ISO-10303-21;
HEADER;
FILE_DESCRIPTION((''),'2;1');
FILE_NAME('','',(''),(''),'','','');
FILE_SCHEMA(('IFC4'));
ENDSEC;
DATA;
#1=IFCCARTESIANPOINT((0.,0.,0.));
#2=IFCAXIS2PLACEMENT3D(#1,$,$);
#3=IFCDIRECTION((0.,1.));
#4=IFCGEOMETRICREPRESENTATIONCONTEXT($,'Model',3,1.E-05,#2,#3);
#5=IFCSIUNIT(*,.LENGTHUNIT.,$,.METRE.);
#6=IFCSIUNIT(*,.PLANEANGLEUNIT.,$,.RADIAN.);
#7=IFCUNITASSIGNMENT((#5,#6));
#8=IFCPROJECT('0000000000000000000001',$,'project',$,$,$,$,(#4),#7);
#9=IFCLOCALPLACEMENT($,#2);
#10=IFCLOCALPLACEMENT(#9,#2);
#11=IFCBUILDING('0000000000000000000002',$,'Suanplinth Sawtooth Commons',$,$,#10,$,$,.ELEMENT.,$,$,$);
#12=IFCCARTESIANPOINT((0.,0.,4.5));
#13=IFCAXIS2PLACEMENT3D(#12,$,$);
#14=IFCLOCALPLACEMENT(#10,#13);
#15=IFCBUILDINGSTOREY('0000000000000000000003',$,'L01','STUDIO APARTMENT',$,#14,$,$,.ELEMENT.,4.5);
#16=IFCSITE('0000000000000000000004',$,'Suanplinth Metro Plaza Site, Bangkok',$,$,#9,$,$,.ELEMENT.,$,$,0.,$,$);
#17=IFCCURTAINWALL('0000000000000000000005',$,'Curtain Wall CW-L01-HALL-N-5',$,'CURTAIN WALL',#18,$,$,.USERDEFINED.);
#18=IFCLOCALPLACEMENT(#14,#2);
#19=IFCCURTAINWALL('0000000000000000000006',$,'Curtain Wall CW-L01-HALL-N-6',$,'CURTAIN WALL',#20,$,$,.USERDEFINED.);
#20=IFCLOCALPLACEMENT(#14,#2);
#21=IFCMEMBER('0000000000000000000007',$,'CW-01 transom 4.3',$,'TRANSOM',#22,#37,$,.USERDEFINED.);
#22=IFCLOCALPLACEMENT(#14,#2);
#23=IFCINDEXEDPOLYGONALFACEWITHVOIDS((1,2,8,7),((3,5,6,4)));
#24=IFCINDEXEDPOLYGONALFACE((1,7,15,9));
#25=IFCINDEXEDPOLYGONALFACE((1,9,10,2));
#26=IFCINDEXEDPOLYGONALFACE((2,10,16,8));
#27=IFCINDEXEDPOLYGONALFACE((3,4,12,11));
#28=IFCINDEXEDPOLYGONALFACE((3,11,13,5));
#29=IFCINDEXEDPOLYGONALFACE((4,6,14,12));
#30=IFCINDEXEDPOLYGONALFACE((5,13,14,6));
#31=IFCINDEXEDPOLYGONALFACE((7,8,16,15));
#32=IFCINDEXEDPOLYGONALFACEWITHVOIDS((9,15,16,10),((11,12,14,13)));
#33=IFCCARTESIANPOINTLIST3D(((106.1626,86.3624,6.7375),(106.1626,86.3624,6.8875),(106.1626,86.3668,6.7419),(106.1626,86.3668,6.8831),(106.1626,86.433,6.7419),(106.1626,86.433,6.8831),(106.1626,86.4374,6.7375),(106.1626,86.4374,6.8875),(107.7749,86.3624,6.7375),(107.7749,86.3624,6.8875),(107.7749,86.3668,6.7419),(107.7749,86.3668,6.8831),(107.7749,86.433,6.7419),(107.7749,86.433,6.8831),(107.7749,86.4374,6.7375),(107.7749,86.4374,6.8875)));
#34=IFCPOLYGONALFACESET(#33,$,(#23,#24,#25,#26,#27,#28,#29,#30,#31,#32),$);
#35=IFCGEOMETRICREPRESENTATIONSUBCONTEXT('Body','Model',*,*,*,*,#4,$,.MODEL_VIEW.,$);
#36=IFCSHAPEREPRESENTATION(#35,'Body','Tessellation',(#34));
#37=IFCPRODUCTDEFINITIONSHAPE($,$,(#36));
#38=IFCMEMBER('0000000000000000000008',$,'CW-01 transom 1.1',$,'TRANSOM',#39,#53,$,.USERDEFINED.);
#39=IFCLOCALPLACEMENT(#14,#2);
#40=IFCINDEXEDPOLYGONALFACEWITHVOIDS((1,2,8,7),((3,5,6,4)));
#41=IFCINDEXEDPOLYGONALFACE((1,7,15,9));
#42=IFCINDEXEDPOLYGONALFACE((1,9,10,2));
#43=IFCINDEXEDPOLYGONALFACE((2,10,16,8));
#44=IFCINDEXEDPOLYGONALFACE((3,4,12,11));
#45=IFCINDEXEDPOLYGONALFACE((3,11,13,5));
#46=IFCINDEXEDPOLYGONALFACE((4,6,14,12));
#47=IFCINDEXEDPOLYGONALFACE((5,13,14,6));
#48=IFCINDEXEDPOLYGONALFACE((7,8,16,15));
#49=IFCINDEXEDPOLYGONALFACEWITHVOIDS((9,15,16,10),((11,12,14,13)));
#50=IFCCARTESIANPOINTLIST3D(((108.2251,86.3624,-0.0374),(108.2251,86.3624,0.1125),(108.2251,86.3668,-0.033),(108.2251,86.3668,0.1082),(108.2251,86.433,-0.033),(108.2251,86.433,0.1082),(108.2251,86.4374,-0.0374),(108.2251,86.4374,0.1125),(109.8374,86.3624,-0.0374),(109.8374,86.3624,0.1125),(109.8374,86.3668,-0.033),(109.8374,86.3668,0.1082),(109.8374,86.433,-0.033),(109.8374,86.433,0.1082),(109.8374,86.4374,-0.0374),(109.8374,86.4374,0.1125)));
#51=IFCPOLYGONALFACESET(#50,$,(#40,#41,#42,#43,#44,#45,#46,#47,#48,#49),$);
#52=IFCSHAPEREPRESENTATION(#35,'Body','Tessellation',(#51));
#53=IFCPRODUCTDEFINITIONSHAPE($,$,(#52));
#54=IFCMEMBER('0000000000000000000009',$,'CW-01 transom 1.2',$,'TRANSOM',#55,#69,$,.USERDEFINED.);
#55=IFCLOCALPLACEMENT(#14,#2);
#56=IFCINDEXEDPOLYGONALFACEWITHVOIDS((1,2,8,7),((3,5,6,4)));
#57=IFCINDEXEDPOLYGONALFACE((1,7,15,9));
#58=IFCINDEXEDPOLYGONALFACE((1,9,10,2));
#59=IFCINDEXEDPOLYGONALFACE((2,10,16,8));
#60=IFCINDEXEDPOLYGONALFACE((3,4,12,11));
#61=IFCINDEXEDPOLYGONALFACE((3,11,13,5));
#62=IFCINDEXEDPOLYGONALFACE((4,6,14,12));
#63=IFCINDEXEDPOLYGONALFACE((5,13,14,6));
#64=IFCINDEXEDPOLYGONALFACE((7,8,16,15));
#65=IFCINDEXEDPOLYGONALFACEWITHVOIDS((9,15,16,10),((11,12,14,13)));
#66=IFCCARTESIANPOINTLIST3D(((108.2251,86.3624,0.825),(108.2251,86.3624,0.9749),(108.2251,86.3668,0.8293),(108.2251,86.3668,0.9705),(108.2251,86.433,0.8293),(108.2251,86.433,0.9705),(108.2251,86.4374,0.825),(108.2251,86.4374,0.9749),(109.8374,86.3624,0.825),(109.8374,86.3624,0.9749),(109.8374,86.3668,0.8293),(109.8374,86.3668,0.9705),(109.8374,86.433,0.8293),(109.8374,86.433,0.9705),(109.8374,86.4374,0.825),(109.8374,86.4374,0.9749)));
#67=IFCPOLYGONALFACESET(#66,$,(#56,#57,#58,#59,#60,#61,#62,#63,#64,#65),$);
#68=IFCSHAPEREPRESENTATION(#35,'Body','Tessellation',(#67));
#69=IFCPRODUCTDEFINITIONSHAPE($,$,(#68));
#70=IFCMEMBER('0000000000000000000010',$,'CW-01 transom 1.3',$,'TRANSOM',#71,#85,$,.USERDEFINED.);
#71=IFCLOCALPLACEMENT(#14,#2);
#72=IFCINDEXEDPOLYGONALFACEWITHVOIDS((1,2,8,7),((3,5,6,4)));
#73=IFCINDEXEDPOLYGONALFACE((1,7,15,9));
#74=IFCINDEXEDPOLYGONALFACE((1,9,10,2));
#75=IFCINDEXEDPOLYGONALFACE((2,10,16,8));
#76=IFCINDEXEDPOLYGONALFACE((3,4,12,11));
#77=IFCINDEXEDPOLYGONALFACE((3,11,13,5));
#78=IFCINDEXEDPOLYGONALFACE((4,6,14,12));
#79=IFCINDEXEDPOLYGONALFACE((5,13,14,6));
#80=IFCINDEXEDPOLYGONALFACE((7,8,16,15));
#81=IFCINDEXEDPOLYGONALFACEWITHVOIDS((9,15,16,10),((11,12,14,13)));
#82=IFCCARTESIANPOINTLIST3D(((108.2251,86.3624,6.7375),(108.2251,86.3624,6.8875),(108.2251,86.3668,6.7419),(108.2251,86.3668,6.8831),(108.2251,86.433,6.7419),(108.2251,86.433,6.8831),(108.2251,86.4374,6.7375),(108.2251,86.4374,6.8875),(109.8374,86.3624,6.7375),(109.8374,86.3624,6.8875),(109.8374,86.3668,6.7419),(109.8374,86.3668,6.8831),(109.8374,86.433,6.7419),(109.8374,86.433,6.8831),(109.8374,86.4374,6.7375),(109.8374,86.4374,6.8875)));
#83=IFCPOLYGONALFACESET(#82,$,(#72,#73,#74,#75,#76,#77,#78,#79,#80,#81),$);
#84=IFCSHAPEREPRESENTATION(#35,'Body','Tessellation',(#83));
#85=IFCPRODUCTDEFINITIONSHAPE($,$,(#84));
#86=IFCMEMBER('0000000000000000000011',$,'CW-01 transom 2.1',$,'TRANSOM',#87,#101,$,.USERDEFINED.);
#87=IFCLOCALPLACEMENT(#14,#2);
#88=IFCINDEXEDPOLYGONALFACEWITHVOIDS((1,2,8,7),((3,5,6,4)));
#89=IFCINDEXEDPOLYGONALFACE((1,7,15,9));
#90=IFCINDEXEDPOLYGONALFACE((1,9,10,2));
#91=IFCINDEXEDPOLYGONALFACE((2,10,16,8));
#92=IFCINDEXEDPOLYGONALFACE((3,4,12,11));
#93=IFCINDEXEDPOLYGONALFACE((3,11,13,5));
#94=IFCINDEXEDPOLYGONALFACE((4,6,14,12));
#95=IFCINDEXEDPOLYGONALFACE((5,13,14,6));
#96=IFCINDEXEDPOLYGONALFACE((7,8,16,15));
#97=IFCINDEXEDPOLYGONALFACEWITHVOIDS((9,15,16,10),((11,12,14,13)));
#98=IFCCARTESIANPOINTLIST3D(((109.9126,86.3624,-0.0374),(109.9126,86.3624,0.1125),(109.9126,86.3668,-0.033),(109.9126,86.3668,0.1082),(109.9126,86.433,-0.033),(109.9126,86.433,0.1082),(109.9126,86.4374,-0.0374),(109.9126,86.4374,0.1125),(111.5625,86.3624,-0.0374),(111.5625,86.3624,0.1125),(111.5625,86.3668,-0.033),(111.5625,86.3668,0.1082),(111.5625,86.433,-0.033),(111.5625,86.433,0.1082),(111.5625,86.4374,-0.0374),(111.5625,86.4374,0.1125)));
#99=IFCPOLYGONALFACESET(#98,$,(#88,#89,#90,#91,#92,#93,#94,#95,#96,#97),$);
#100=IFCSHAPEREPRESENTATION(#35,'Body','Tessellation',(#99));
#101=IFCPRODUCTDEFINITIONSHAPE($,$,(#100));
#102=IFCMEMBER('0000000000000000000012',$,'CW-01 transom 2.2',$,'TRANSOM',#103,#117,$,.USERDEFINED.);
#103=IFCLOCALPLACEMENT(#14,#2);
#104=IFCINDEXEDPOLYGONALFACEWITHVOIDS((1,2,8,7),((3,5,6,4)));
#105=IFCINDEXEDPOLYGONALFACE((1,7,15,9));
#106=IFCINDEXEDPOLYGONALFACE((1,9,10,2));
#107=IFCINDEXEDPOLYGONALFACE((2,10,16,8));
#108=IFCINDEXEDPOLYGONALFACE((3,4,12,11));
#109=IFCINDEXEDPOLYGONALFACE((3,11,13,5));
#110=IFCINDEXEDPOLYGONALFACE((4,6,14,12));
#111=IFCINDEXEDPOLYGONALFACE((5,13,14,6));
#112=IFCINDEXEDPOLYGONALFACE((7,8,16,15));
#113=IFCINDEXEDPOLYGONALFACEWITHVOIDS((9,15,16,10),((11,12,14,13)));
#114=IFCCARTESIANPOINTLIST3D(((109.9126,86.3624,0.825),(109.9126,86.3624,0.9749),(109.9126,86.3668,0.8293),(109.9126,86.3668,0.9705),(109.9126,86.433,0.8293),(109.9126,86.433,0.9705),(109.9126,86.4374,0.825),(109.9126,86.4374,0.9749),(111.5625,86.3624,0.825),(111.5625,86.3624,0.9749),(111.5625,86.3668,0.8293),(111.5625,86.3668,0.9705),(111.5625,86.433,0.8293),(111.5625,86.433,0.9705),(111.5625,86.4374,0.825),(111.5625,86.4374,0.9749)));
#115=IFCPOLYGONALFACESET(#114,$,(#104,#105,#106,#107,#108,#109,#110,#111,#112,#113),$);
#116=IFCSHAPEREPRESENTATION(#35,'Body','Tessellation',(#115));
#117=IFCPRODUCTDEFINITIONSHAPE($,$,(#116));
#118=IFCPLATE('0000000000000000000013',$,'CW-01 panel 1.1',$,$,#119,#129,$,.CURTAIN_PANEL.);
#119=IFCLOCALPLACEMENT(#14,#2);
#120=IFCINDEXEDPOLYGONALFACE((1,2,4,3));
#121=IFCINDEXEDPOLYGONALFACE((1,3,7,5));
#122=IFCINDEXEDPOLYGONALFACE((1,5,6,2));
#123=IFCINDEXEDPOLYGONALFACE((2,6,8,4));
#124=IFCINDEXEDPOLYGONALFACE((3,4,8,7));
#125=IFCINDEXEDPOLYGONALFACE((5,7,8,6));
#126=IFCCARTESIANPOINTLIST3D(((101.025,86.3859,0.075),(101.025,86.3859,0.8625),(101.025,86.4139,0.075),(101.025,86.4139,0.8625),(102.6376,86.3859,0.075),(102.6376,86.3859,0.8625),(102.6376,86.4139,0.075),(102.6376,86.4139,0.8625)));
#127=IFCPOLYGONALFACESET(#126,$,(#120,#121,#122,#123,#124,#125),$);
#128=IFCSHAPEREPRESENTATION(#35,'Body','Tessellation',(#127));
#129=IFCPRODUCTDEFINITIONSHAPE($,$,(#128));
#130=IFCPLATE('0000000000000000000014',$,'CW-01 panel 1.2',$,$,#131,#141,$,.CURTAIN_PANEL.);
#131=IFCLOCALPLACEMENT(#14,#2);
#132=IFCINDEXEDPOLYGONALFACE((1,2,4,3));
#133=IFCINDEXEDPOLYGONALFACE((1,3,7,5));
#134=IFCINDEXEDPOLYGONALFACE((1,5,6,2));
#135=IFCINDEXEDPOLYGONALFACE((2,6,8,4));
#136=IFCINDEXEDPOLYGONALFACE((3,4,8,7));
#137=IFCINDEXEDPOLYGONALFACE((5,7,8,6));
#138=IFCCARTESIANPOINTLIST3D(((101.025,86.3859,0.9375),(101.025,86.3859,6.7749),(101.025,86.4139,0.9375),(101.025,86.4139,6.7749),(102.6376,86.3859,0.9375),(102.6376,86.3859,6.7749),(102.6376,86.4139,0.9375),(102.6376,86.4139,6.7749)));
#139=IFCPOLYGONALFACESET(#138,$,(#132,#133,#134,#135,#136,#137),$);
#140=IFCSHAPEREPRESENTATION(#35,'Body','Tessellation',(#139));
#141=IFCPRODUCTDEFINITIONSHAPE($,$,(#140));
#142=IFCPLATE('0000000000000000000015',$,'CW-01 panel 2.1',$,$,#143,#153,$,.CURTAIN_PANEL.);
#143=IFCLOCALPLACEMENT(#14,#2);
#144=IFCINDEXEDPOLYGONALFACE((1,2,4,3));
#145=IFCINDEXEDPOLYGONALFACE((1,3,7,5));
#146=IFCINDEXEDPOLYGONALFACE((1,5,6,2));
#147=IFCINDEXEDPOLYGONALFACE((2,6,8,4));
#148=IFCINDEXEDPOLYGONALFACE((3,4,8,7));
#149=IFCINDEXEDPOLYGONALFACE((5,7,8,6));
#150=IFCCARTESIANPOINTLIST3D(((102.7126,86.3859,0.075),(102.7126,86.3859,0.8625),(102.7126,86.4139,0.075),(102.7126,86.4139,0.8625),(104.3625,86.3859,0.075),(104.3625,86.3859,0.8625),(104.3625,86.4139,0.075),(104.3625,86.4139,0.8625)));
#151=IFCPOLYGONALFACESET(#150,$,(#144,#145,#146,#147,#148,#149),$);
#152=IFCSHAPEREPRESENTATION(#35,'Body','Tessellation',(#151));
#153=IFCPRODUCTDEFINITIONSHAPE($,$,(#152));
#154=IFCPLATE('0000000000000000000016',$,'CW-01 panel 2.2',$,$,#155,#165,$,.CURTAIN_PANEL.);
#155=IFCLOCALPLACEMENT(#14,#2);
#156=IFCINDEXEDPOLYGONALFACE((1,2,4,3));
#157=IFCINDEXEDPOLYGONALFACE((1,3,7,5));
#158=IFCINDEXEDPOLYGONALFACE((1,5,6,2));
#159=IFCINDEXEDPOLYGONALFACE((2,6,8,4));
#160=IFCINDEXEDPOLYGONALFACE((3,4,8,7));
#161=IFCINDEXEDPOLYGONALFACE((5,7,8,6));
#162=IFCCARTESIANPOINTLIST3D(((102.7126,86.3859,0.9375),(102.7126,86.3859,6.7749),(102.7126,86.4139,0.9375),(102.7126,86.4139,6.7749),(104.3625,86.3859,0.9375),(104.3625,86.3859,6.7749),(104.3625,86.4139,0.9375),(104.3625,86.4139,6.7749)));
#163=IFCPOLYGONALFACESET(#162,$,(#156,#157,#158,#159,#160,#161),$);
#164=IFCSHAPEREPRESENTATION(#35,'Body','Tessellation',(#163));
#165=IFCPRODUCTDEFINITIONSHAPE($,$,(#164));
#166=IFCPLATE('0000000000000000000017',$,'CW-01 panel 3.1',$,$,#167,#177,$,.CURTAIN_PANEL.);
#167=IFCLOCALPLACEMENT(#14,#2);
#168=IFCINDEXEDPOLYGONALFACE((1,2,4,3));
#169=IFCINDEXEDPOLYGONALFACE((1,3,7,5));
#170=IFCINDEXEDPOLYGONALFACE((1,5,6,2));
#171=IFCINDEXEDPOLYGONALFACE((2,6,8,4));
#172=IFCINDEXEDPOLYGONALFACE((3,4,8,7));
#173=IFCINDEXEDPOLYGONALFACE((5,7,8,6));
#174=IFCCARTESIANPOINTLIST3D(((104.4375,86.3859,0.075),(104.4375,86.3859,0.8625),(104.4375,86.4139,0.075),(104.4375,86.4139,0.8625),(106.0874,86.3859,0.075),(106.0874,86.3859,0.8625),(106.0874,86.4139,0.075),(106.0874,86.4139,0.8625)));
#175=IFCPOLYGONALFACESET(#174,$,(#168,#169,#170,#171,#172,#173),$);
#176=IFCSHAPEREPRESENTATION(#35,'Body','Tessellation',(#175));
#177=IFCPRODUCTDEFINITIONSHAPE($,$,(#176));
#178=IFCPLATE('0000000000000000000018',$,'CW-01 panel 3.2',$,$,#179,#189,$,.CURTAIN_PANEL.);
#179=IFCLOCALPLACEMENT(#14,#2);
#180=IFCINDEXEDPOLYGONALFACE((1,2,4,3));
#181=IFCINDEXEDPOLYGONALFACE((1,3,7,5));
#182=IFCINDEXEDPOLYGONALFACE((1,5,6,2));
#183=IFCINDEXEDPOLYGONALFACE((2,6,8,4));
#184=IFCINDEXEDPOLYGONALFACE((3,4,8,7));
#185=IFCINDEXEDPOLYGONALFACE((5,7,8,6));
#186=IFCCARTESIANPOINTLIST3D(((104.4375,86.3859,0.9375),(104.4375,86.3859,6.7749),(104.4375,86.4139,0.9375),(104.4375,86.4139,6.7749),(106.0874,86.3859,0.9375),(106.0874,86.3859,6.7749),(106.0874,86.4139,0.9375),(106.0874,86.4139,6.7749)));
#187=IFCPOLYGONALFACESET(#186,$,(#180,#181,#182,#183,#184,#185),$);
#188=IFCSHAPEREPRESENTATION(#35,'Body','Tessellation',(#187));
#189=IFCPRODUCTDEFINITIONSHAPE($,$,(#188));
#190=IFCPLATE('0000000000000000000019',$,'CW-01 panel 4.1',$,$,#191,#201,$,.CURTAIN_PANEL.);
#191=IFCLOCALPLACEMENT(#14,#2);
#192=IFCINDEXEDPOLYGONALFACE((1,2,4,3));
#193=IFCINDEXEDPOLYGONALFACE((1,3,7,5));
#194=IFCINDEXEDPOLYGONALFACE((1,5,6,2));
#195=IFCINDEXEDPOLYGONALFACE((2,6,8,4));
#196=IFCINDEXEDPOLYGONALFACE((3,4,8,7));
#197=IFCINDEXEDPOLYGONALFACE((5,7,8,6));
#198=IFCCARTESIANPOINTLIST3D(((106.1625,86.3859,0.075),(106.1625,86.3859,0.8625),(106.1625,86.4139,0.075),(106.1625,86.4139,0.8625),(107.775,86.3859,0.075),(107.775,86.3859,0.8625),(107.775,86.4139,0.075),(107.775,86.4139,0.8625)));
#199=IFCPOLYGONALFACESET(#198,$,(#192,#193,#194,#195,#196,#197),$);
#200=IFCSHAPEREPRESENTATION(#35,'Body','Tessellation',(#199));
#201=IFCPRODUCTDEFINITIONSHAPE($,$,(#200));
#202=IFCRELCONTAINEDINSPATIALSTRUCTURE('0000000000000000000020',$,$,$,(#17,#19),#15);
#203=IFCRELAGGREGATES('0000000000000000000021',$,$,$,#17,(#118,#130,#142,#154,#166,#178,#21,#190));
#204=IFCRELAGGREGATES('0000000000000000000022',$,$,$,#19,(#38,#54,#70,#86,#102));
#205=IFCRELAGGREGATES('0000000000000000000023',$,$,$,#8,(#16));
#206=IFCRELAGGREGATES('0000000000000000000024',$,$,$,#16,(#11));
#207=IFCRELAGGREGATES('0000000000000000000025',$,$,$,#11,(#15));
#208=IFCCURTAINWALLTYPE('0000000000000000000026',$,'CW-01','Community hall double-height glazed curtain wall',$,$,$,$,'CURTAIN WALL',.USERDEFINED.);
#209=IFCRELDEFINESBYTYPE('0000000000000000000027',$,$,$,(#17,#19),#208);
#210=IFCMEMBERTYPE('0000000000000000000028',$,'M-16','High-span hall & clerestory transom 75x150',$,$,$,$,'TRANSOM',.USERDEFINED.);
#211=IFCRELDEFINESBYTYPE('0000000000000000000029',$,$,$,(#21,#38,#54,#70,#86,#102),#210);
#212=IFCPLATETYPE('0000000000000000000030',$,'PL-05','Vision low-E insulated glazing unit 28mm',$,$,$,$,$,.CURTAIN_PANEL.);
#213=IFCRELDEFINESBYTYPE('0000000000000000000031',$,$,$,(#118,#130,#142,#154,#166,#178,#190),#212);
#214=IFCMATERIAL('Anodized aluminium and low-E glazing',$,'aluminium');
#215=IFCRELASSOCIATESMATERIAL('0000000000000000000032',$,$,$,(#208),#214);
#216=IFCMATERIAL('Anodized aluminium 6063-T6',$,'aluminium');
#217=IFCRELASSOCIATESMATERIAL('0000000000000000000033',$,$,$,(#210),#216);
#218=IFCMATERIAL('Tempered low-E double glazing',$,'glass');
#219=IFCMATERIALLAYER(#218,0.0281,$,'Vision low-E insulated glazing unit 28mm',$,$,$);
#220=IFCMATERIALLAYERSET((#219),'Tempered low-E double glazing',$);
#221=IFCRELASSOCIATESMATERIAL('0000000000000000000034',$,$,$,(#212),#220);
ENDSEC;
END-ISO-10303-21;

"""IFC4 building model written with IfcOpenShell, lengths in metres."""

from ifc_helpers import new_model, si_unit, direction, frame, origin, origin_2d, place, context, subcontext, project, spatial, rectangle, hollow_rectangle, extrude, material, layer, layer_set, material_profile, profile_set, type_object, element, aggregate, save


model = new_model("IFC4")

# Units and contexts
model_context = context("Model", 3, precision=1e-05, world=origin(), true_north=direction((0.0, 1.0)))
body_context = subcontext(model_context, "Body", "Model", "MODEL_VIEW")
ifc_project = project(units=[si_unit("LENGTHUNIT", "METRE"), si_unit("PLANEANGLEUNIT", "RADIAN")], contexts=[model_context])

# Site, building, storey
site_placement = place(None, origin())
site = spatial("IfcSite", under=ifc_project, at=site_placement, Name="Suanplinth Metro Plaza Site, Bangkok", CompositionType="ELEMENT", RefElevation=0.0)
building_placement = place(site_placement, origin())
building = spatial("IfcBuilding", under=site, at=building_placement, Name="Suanplinth Sawtooth Commons", CompositionType="ELEMENT")
storey_placement = place(building_placement, frame((0.0, 0.0, 4.5)))
storey = spatial("IfcBuildingStorey", under=building, at=storey_placement, Name="L01", Description="STUDIO APARTMENT", CompositionType="ELEMENT", Elevation=4.5)

# Curtain walls
ifc_material_1 = material(Name="Anodized aluminium and low-E glazing", Category="aluminium")
curtain_wall_type = type_object("IfcCurtainWallType", Name="CW-01", Description="Community hall double-height glazed curtain wall", ElementType="CURTAIN WALL", PredefinedType="USERDEFINED", material=ifc_material_1)
curtain_wall_1_placement = place(storey_placement, origin())
curtain_wall_1 = element("IfcCurtainWall", 1, at=curtain_wall_1_placement, inside=storey, type_object=curtain_wall_type, Name="Curtain Wall CW-L01-HALL-N-5", ObjectType="CURTAIN WALL", PredefinedType="USERDEFINED")
ifc_material_2 = material(Name="Anodized aluminium 6063-T6", Category="aluminium")
curtain_wall_2_placement = place(storey_placement, origin())
curtain_wall_2 = element("IfcCurtainWall", 2, at=curtain_wall_2_placement, inside=storey, type_object=curtain_wall_type, Name="Curtain Wall CW-L01-HALL-N-6", ObjectType="CURTAIN WALL", PredefinedType="USERDEFINED")

# Members
ifc_material_profile_1 = material_profile(ifc_material_2, hollow_rectangle(XDim=0.075, YDim=0.1499, WallThickness=0.0044, at=origin_2d()), Name="ALU-TRN 75x150")
ifc_profile_set_1 = profile_set([ifc_material_profile_1], Name="Anodized aluminium 6063-T6")
member_type_1 = type_object("IfcMemberType", Name="M-16", Description="High-span hall & clerestory transom 75x150", ElementType="TRANSOM", PredefinedType="USERDEFINED", material=ifc_profile_set_1)
member_1_placement = place(storey_placement, frame((106.1626, 86.3999, 6.8125), z_axis=(1.0, 0.0, 0.0), x_axis=(0.0, 1.0, 0.0)))
member_1 = element("IfcMember", 3, at=member_1_placement, type_object=member_type_1, Name="CW-01 transom 4.3", ObjectType="TRANSOM", PredefinedType="USERDEFINED", context=body_context, shape_type="SweptSolid", body=[
    extrude(hollow_rectangle(XDim=0.075, YDim=0.1499, WallThickness=0.0044, at=origin_2d()), origin(), (0.0, 0.0, 1.0), 1.6123),
])
member_2_placement = place(storey_placement, frame((108.2251, 86.3999, 0.0376), z_axis=(1.0, 0.0, 0.0), x_axis=(0.0, 1.0, 0.0)))
member_2 = element("IfcMember", 4, at=member_2_placement, type_object=member_type_1, Name="CW-01 transom 1.1", ObjectType="TRANSOM", PredefinedType="USERDEFINED", context=body_context, shape_type="SweptSolid", body=[
    extrude(hollow_rectangle(XDim=0.075, YDim=0.1499, WallThickness=0.0044, at=origin_2d()), origin(), (0.0, 0.0, 1.0), 1.6123),
])
member_3_placement = place(storey_placement, frame((108.2251, 86.3999, 0.8999), z_axis=(1.0, 0.0, 0.0), x_axis=(0.0, 1.0, 0.0)))
member_3 = element("IfcMember", 5, at=member_3_placement, type_object=member_type_1, Name="CW-01 transom 1.2", ObjectType="TRANSOM", PredefinedType="USERDEFINED", context=body_context, shape_type="SweptSolid", body=[
    extrude(hollow_rectangle(XDim=0.075, YDim=0.1499, WallThickness=0.0044, at=origin_2d()), origin(), (0.0, 0.0, 1.0), 1.6123),
])
member_4_placement = place(storey_placement, frame((108.2251, 86.3999, 6.8125), z_axis=(1.0, 0.0, 0.0), x_axis=(0.0, 1.0, 0.0)))
member_4 = element("IfcMember", 6, at=member_4_placement, type_object=member_type_1, Name="CW-01 transom 1.3", ObjectType="TRANSOM", PredefinedType="USERDEFINED", context=body_context, shape_type="SweptSolid", body=[
    extrude(hollow_rectangle(XDim=0.075, YDim=0.1499, WallThickness=0.0044, at=origin_2d()), origin(), (0.0, 0.0, 1.0), 1.6123),
])
member_5_placement = place(storey_placement, frame((109.9126, 86.3999, 0.0376), z_axis=(1.0, 0.0, 0.0), x_axis=(0.0, 1.0, 0.0)))
member_5 = element("IfcMember", 7, at=member_5_placement, type_object=member_type_1, Name="CW-01 transom 2.1", ObjectType="TRANSOM", PredefinedType="USERDEFINED", context=body_context, shape_type="SweptSolid", body=[
    extrude(hollow_rectangle(XDim=0.075, YDim=0.1499, WallThickness=0.0044, at=origin_2d()), origin(), (0.0, 0.0, 1.0), 1.6499),
])
member_6_placement = place(storey_placement, frame((109.9126, 86.3999, 0.8999), z_axis=(1.0, 0.0, 0.0), x_axis=(0.0, 1.0, 0.0)))
member_6 = element("IfcMember", 8, at=member_6_placement, type_object=member_type_1, Name="CW-01 transom 2.2", ObjectType="TRANSOM", PredefinedType="USERDEFINED", context=body_context, shape_type="SweptSolid", body=[
    extrude(hollow_rectangle(XDim=0.075, YDim=0.1499, WallThickness=0.0044, at=origin_2d()), origin(), (0.0, 0.0, 1.0), 1.6499),
])

# Plates
ifc_material_3 = material(Name="Tempered low-E double glazing", Category="glass")
ifc_layer = layer(ifc_material_3, 0.0281, Name="Vision low-E insulated glazing unit 28mm")
ifc_layer_set = layer_set([ifc_layer], Name="Tempered low-E double glazing")
plate_type = type_object("IfcPlateType", Name="PL-05", Description="Vision low-E insulated glazing unit 28mm", PredefinedType="CURTAIN_PANEL", material=ifc_layer_set)
plate_1_placement = place(storey_placement, frame((101.8313, 86.3999, 0.075), z_axis=(0.0, 0.0, 1.0), x_axis=(1.0, 0.0, 0.0)))
plate_1 = element("IfcPlate", 9, at=plate_1_placement, type_object=plate_type, Name="CW-01 panel 1.1", PredefinedType="CURTAIN_PANEL", context=body_context, shape_type="SweptSolid", body=[
    extrude(rectangle(XDim=1.6125, YDim=0.0281, at=origin_2d()), origin(), (0.0, 0.0, 1.0), 0.7876),
])
plate_2_placement = place(storey_placement, frame((101.8313, 86.3999, 0.9375), z_axis=(0.0, 0.0, 1.0), x_axis=(1.0, 0.0, 0.0)))
plate_2 = element("IfcPlate", 10, at=plate_2_placement, type_object=plate_type, Name="CW-01 panel 1.2", PredefinedType="CURTAIN_PANEL", context=body_context, shape_type="SweptSolid", body=[
    extrude(rectangle(XDim=1.6125, YDim=0.0281, at=origin_2d()), origin(), (0.0, 0.0, 1.0), 5.8374),
])
plate_3_placement = place(storey_placement, frame((103.5376, 86.3999, 0.075), z_axis=(0.0, 0.0, 1.0), x_axis=(1.0, 0.0, 0.0)))
plate_3 = element("IfcPlate", 11, at=plate_3_placement, type_object=plate_type, Name="CW-01 panel 2.1", PredefinedType="CURTAIN_PANEL", context=body_context, shape_type="SweptSolid", body=[
    extrude(rectangle(XDim=1.6499, YDim=0.0281, at=origin_2d()), origin(), (0.0, 0.0, 1.0), 0.7876),
])
plate_4_placement = place(storey_placement, frame((103.5376, 86.3999, 0.9375), z_axis=(0.0, 0.0, 1.0), x_axis=(1.0, 0.0, 0.0)))
plate_4 = element("IfcPlate", 12, at=plate_4_placement, type_object=plate_type, Name="CW-01 panel 2.2", PredefinedType="CURTAIN_PANEL", context=body_context, shape_type="SweptSolid", body=[
    extrude(rectangle(XDim=1.6499, YDim=0.0281, at=origin_2d()), origin(), (0.0, 0.0, 1.0), 5.8374),
])
plate_5_placement = place(storey_placement, frame((105.2625, 86.3999, 0.075), z_axis=(0.0, 0.0, 1.0), x_axis=(1.0, 0.0, 0.0)))
plate_5 = element("IfcPlate", 13, at=plate_5_placement, type_object=plate_type, Name="CW-01 panel 3.1", PredefinedType="CURTAIN_PANEL", context=body_context, shape_type="SweptSolid", body=[
    extrude(rectangle(XDim=1.6499, YDim=0.0281, at=origin_2d()), origin(), (0.0, 0.0, 1.0), 0.7876),
])
plate_6_placement = place(storey_placement, frame((105.2625, 86.3999, 0.9375), z_axis=(0.0, 0.0, 1.0), x_axis=(1.0, 0.0, 0.0)))
plate_6 = element("IfcPlate", 14, at=plate_6_placement, type_object=plate_type, Name="CW-01 panel 3.2", PredefinedType="CURTAIN_PANEL", context=body_context, shape_type="SweptSolid", body=[
    extrude(rectangle(XDim=1.6499, YDim=0.0281, at=origin_2d()), origin(), (0.0, 0.0, 1.0), 5.8374),
])
plate_7_placement = place(storey_placement, frame((106.9688, 86.3999, 0.075), z_axis=(0.0, 0.0, 1.0), x_axis=(1.0, 0.0, 0.0)))
plate_7 = element("IfcPlate", 15, at=plate_7_placement, type_object=plate_type, Name="CW-01 panel 4.1", PredefinedType="CURTAIN_PANEL", context=body_context, shape_type="SweptSolid", body=[
    extrude(rectangle(XDim=1.6125, YDim=0.0281, at=origin_2d()), origin(), (0.0, 0.0, 1.0), 0.7876),
])
aggregate(curtain_wall_1, [plate_1, plate_2, plate_3, plate_4, plate_5, plate_6, member_1, plate_7])
aggregate(curtain_wall_2, [member_2, member_3, member_4, member_5, member_6])

save(model, "model.ifc")
